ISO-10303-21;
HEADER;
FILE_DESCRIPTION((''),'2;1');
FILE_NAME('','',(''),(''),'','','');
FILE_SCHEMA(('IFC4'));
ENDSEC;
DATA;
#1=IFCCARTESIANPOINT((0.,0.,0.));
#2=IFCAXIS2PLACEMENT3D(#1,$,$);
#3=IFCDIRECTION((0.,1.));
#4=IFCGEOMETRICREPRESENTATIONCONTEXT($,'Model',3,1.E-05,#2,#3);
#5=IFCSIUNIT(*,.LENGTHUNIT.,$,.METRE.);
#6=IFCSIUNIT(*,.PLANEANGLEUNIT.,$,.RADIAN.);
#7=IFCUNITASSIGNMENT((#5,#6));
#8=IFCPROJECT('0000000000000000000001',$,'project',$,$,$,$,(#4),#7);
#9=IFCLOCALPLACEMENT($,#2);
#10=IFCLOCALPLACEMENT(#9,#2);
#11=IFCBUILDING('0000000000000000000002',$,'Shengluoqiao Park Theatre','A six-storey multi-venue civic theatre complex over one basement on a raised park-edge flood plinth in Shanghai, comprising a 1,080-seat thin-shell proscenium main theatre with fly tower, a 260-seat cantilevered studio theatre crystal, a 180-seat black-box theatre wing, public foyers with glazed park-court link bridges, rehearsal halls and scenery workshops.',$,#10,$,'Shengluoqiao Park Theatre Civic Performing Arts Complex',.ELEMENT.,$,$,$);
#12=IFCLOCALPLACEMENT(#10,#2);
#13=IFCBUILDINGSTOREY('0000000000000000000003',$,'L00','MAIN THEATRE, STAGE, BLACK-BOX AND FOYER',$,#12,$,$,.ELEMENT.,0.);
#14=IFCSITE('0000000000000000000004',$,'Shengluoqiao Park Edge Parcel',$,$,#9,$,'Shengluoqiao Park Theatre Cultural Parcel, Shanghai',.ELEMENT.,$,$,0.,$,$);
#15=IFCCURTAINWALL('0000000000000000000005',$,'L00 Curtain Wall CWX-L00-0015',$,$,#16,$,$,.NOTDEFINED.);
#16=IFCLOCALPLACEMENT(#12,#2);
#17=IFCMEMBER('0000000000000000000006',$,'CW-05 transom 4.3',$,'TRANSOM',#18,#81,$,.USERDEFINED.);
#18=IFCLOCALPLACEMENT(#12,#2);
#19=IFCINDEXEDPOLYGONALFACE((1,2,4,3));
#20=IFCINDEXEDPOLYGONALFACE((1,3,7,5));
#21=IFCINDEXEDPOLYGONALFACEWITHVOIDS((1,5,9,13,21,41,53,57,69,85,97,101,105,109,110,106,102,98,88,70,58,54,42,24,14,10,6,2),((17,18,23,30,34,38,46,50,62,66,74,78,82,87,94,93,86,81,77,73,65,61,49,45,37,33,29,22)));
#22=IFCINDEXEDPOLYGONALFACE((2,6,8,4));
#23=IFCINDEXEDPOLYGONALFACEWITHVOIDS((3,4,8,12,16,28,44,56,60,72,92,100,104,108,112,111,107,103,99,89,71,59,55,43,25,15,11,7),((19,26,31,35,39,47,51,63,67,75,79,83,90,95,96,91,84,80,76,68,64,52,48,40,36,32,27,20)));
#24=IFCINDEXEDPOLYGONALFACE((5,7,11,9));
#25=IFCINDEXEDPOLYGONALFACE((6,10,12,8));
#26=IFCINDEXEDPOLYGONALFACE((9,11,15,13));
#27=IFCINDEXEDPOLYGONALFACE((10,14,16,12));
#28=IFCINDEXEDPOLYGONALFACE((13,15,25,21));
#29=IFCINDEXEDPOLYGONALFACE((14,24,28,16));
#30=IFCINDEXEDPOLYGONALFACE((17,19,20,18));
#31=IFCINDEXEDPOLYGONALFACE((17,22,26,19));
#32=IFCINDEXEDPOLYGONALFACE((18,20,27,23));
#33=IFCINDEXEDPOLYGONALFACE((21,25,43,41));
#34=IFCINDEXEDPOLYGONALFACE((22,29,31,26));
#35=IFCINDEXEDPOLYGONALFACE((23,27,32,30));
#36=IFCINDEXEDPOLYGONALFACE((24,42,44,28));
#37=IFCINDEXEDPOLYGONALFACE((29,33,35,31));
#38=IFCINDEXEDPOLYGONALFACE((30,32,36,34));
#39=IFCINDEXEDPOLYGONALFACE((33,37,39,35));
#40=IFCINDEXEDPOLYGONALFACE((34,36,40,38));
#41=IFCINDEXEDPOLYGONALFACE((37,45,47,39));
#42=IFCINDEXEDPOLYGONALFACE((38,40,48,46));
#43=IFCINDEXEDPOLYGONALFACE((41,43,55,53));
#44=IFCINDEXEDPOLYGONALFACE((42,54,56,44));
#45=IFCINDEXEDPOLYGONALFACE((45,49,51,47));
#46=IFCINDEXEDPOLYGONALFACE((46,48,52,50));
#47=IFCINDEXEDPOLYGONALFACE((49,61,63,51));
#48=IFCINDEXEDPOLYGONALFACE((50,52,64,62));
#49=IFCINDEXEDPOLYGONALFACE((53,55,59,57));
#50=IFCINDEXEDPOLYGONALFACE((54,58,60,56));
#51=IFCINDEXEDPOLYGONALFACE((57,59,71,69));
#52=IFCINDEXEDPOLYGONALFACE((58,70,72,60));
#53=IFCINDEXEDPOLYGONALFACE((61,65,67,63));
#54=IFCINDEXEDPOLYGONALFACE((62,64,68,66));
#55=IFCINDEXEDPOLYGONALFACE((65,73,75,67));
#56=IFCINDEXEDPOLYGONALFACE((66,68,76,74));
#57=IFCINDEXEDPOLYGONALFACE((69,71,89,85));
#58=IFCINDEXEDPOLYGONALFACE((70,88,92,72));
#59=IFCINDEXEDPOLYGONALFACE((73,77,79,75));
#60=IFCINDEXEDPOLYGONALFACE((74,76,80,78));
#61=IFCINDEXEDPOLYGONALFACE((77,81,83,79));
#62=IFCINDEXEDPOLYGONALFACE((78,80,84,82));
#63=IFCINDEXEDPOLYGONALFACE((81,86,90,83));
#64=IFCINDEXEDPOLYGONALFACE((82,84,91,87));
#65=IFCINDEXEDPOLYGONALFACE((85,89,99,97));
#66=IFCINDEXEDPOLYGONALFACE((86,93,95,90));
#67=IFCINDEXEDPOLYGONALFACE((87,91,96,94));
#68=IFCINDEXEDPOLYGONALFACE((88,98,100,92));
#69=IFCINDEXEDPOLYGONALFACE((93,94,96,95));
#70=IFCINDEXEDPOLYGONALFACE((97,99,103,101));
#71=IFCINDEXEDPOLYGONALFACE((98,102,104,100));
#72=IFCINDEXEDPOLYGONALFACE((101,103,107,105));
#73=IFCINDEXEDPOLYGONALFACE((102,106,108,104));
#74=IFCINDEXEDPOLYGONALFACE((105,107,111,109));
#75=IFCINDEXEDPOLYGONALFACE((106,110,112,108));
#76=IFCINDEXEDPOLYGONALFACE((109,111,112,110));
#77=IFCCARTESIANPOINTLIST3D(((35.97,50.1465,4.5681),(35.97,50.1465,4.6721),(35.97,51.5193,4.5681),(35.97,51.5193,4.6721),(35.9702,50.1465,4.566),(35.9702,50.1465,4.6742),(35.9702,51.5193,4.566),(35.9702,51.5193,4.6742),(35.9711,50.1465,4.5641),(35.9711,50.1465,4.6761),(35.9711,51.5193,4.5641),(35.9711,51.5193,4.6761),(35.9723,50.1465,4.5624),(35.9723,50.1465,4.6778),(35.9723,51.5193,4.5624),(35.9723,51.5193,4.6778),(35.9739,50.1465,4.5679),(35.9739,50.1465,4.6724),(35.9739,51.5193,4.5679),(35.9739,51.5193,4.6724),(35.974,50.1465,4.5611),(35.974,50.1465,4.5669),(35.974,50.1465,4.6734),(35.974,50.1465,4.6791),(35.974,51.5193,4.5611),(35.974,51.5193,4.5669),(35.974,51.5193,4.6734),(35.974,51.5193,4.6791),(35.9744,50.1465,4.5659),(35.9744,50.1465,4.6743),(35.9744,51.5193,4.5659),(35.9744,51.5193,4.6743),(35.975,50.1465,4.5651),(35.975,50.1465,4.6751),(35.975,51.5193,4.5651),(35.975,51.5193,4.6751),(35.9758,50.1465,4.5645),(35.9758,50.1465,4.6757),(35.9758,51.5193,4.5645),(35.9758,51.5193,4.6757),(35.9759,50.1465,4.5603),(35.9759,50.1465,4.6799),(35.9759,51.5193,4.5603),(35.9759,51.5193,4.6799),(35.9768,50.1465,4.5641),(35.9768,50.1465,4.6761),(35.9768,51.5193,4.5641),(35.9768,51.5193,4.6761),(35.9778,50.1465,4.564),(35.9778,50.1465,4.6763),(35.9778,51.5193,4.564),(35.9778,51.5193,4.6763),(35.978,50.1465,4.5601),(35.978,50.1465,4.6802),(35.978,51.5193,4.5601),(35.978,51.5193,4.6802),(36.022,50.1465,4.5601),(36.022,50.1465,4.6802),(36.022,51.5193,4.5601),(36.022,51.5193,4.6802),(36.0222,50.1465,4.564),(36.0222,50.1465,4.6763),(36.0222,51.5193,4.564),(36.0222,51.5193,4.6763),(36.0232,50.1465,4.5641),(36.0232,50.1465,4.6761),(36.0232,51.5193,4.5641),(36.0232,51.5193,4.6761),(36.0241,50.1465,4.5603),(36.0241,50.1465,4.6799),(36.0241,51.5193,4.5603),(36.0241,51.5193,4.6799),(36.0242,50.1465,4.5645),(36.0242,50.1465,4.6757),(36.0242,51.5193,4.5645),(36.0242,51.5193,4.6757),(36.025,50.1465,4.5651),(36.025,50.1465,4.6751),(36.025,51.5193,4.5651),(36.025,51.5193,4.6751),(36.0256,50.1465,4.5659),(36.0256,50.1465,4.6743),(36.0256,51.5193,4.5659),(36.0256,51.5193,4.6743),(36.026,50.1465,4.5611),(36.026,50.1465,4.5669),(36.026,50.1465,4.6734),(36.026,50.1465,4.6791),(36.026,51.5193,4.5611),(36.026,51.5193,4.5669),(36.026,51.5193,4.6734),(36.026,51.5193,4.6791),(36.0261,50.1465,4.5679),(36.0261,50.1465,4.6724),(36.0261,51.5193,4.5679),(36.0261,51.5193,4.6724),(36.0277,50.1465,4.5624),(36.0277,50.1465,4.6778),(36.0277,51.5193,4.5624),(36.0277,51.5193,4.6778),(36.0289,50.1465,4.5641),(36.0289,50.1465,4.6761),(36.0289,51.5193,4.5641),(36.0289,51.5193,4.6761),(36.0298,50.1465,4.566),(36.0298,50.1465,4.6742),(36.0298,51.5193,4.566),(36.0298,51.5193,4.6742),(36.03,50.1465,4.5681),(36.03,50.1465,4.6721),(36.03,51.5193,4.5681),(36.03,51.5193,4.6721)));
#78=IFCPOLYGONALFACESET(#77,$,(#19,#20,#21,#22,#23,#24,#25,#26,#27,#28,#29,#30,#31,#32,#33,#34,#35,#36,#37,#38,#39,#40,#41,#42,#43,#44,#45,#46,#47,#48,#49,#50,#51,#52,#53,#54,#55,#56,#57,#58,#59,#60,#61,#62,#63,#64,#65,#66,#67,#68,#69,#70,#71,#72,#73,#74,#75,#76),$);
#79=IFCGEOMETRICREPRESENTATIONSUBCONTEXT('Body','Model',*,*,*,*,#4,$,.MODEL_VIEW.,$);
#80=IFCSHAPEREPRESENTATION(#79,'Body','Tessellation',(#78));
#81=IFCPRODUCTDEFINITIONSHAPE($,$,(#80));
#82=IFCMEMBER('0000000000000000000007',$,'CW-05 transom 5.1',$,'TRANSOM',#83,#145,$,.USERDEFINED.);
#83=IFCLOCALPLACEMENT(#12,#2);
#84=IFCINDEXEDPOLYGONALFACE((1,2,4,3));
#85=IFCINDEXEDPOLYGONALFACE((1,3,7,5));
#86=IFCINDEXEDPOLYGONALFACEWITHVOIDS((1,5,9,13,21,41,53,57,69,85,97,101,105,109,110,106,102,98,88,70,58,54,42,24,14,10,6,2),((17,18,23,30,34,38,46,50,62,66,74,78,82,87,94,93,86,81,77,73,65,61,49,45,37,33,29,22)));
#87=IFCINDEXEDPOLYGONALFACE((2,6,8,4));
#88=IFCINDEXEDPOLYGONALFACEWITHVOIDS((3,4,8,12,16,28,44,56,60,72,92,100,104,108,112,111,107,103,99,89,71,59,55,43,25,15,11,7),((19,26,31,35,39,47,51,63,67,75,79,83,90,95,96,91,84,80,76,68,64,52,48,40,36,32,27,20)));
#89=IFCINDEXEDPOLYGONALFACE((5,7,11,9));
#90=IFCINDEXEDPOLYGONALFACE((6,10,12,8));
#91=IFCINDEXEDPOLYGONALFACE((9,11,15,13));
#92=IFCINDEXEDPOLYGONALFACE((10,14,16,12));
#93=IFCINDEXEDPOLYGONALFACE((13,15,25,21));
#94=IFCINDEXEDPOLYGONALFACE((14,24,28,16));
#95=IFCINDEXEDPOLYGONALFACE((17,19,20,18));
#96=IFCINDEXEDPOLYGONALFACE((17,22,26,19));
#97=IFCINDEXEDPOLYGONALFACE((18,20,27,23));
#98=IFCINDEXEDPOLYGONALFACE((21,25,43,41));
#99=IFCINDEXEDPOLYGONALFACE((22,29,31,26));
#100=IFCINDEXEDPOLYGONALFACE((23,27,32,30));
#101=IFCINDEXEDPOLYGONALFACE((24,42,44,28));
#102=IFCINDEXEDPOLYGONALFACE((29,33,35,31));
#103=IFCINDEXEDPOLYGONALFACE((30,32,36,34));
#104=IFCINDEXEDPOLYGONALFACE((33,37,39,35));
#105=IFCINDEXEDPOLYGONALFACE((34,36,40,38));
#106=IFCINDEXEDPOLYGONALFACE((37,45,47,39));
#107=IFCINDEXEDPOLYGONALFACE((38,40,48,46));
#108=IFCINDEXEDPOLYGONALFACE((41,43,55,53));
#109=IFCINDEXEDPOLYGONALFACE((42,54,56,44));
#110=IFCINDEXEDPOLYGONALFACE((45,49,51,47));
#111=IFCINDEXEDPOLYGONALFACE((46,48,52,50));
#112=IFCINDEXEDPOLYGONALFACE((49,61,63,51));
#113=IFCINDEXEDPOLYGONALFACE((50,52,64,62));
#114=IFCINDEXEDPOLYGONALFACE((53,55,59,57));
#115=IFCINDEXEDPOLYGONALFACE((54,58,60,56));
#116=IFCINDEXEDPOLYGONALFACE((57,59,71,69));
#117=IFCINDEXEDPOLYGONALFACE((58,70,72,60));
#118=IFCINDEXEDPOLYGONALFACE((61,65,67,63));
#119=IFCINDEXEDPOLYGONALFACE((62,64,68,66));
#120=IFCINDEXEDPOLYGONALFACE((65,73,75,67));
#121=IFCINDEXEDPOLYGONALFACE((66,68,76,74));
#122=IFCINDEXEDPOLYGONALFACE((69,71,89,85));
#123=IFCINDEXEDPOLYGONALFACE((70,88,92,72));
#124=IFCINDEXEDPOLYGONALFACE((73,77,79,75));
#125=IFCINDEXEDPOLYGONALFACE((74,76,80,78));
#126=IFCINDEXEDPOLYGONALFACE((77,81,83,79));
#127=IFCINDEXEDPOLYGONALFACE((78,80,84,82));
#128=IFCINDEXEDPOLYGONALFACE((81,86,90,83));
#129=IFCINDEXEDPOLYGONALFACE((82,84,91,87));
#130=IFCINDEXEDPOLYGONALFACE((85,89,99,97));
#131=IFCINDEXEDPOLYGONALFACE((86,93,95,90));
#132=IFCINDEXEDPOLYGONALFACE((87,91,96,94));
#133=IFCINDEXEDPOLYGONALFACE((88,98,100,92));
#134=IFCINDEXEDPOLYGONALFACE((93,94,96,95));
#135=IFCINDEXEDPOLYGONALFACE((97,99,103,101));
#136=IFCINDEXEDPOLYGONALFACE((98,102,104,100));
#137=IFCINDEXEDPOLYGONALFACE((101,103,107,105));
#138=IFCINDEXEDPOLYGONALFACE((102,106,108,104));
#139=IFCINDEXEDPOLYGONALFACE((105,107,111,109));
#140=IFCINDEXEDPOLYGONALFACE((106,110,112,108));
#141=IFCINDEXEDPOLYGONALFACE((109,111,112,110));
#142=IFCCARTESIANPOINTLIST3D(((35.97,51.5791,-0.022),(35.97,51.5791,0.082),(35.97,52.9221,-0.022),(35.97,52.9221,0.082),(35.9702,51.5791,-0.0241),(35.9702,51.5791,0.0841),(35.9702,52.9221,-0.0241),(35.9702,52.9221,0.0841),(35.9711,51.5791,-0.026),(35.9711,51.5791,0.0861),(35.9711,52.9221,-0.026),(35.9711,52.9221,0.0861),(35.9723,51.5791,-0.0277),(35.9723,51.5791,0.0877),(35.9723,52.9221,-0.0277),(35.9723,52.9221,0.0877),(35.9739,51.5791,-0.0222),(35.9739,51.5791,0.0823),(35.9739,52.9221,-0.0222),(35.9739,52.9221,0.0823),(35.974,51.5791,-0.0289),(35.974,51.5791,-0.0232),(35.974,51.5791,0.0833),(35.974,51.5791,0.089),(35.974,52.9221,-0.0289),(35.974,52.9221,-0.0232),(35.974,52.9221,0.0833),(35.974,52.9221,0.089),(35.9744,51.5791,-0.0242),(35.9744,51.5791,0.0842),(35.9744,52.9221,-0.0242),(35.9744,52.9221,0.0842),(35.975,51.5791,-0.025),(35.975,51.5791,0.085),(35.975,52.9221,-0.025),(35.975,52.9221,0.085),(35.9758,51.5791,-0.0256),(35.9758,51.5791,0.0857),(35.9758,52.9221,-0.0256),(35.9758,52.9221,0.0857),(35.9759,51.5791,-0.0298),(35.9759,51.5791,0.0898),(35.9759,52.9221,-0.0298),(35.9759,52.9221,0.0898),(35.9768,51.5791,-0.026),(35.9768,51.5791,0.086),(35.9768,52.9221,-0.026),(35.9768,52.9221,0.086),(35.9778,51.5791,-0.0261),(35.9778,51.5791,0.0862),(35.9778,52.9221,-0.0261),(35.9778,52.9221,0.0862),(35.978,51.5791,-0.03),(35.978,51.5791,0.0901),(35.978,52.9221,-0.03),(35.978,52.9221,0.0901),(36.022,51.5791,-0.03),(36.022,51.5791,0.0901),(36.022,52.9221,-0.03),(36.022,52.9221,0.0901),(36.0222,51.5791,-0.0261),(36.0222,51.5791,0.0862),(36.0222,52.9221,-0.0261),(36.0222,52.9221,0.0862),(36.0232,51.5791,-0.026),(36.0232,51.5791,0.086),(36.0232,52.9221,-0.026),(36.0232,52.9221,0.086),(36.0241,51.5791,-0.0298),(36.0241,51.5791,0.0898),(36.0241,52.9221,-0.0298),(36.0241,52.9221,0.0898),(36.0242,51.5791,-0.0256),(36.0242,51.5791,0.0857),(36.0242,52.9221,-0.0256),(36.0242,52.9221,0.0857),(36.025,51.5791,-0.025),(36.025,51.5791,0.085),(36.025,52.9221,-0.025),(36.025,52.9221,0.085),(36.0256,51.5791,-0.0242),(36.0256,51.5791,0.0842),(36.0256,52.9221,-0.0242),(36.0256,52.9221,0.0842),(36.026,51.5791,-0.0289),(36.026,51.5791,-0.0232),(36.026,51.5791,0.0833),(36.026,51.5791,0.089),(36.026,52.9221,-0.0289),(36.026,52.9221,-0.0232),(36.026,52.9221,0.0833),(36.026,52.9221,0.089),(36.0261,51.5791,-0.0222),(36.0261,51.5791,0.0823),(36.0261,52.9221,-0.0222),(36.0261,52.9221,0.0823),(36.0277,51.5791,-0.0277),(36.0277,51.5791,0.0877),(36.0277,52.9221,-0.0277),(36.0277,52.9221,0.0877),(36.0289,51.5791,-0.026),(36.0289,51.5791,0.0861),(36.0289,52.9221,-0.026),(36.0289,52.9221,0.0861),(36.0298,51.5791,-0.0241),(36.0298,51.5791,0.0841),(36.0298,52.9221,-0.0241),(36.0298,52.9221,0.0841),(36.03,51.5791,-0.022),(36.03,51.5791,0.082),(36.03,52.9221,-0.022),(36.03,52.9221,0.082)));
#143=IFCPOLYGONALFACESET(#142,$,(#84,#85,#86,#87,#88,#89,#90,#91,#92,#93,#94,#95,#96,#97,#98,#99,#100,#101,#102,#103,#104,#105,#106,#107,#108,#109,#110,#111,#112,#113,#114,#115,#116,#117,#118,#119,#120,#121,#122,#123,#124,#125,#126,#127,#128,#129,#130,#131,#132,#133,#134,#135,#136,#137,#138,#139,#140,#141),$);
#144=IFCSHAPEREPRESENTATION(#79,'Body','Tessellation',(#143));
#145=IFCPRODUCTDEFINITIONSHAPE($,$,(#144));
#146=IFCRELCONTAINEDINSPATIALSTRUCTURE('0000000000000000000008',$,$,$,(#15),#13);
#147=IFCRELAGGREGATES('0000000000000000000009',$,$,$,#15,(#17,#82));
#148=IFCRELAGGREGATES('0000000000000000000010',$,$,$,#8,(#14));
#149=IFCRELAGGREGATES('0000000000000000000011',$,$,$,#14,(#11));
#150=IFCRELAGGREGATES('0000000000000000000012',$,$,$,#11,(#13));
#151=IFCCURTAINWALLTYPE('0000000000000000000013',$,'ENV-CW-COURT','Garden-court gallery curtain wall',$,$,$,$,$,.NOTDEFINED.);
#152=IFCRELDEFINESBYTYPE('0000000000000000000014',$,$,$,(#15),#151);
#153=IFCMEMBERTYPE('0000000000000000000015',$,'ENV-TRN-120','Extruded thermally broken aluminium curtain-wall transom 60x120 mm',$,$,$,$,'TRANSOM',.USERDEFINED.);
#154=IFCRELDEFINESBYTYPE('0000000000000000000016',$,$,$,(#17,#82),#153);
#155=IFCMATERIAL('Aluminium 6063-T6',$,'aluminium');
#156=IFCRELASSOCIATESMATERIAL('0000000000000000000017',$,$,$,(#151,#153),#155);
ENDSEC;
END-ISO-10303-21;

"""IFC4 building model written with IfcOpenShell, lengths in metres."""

from ifc_helpers import new_model, si_unit, direction, frame, origin, origin_2d, place, context, subcontext, project, spatial, hollow_rectangle, extrude, material, material_profile, profile_set, type_object, element, aggregate, save


model = new_model("IFC4")

# Units and contexts
model_context = context("Model", 3, precision=1e-05, world=origin(), true_north=direction((0.0, 1.0)))
body_context = subcontext(model_context, "Body", "Model", "MODEL_VIEW")
ifc_project = project(units=[si_unit("LENGTHUNIT", "METRE"), si_unit("PLANEANGLEUNIT", "RADIAN")], contexts=[model_context])

# Site, building, storey
site_placement = place(None, origin())
site = spatial("IfcSite", under=ifc_project, at=site_placement, Name="Shengluoqiao Park Edge Parcel", LongName="Shengluoqiao Park Theatre Cultural Parcel, Shanghai", CompositionType="ELEMENT", RefElevation=0.0)
building_placement = place(site_placement, origin())
building = spatial("IfcBuilding", under=site, at=building_placement, Name="Shengluoqiao Park Theatre", Description="A six-storey multi-venue civic theatre complex over one basement on a raised park-edge flood plinth in Shanghai, comprising a 1,080-seat thin-shell proscenium main theatre with fly tower, a 260-seat cantilevered studio theatre crystal, a 180-seat black-box theatre wing, public foyers with glazed park-court link bridges, rehearsal halls and scenery workshops.", LongName="Shengluoqiao Park Theatre Civic Performing Arts Complex", CompositionType="ELEMENT")
storey_placement = place(building_placement, origin())
storey = spatial("IfcBuildingStorey", under=building, at=storey_placement, Name="L00", Description="MAIN THEATRE, STAGE, BLACK-BOX AND FOYER", CompositionType="ELEMENT", Elevation=0.0)

# Curtain wall
ifc_material_1 = material(Name="Aluminium 6063-T6", Category="aluminium")
curtain_wall_type_1 = type_object("IfcCurtainWallType", Name="ENV-CW-COURT", Description="Garden-court gallery curtain wall", PredefinedType="NOTDEFINED", material=ifc_material_1)
curtain_wall_1_placement = place(storey_placement, origin())
curtain_wall_1 = element("IfcCurtainWall", 1, at=curtain_wall_1_placement, inside=storey, type_object=curtain_wall_type_1, Name="L00 Curtain Wall CWX-L00-0015", PredefinedType="NOTDEFINED")

# Members
ifc_material_profile_1 = material_profile(ifc_material_1, hollow_rectangle(XDim=0.0601, YDim=0.1201, WallThickness=0.0039, InnerFilletRadius=0.0039, OuterFilletRadius=0.0081, at=origin_2d()), Name="ALU TRANSOM 120x60x4")
ifc_profile_set_1 = profile_set([ifc_material_profile_1], Name="Aluminium 6063-T6")
member_type_1 = type_object("IfcMemberType", Name="ENV-TRN-120", Description="Extruded thermally broken aluminium curtain-wall transom 60x120 mm", ElementType="TRANSOM", PredefinedType="USERDEFINED", material=ifc_profile_set_1)
member_1_placement = place(storey_placement, frame((36.0, 50.1465, 4.6201), z_axis=(0.0, 1.0, 0.0), x_axis=(-1.0, 0.0, 0.0)))
member_1 = element("IfcMember", 2, at=member_1_placement, type_object=member_type_1, Name="CW-05 transom 4.3", ObjectType="TRANSOM", PredefinedType="USERDEFINED", context=body_context, shape_type="SweptSolid", body=[
    extrude(hollow_rectangle(XDim=0.0601, YDim=0.1201, WallThickness=0.0039, InnerFilletRadius=0.0039, OuterFilletRadius=0.0081, at=origin_2d()), origin(), (0.0, 0.0, 1.0), 1.3728),
])
member_2_placement = place(storey_placement, frame((36.0, 51.5791, 0.03), z_axis=(0.0, 1.0, 0.0), x_axis=(-1.0, 0.0, 0.0)))
member_2 = element("IfcMember", 3, at=member_2_placement, type_object=member_type_1, Name="CW-05 transom 5.1", ObjectType="TRANSOM", PredefinedType="USERDEFINED", context=body_context, shape_type="SweptSolid", body=[
    extrude(hollow_rectangle(XDim=0.0601, YDim=0.1201, WallThickness=0.0039, InnerFilletRadius=0.0039, OuterFilletRadius=0.0081, at=origin_2d()), origin(), (0.0, 0.0, 1.0), 1.343),
])

aggregate(curtain_wall_1, [member_1, member_2])

save(model, "model.ifc")
